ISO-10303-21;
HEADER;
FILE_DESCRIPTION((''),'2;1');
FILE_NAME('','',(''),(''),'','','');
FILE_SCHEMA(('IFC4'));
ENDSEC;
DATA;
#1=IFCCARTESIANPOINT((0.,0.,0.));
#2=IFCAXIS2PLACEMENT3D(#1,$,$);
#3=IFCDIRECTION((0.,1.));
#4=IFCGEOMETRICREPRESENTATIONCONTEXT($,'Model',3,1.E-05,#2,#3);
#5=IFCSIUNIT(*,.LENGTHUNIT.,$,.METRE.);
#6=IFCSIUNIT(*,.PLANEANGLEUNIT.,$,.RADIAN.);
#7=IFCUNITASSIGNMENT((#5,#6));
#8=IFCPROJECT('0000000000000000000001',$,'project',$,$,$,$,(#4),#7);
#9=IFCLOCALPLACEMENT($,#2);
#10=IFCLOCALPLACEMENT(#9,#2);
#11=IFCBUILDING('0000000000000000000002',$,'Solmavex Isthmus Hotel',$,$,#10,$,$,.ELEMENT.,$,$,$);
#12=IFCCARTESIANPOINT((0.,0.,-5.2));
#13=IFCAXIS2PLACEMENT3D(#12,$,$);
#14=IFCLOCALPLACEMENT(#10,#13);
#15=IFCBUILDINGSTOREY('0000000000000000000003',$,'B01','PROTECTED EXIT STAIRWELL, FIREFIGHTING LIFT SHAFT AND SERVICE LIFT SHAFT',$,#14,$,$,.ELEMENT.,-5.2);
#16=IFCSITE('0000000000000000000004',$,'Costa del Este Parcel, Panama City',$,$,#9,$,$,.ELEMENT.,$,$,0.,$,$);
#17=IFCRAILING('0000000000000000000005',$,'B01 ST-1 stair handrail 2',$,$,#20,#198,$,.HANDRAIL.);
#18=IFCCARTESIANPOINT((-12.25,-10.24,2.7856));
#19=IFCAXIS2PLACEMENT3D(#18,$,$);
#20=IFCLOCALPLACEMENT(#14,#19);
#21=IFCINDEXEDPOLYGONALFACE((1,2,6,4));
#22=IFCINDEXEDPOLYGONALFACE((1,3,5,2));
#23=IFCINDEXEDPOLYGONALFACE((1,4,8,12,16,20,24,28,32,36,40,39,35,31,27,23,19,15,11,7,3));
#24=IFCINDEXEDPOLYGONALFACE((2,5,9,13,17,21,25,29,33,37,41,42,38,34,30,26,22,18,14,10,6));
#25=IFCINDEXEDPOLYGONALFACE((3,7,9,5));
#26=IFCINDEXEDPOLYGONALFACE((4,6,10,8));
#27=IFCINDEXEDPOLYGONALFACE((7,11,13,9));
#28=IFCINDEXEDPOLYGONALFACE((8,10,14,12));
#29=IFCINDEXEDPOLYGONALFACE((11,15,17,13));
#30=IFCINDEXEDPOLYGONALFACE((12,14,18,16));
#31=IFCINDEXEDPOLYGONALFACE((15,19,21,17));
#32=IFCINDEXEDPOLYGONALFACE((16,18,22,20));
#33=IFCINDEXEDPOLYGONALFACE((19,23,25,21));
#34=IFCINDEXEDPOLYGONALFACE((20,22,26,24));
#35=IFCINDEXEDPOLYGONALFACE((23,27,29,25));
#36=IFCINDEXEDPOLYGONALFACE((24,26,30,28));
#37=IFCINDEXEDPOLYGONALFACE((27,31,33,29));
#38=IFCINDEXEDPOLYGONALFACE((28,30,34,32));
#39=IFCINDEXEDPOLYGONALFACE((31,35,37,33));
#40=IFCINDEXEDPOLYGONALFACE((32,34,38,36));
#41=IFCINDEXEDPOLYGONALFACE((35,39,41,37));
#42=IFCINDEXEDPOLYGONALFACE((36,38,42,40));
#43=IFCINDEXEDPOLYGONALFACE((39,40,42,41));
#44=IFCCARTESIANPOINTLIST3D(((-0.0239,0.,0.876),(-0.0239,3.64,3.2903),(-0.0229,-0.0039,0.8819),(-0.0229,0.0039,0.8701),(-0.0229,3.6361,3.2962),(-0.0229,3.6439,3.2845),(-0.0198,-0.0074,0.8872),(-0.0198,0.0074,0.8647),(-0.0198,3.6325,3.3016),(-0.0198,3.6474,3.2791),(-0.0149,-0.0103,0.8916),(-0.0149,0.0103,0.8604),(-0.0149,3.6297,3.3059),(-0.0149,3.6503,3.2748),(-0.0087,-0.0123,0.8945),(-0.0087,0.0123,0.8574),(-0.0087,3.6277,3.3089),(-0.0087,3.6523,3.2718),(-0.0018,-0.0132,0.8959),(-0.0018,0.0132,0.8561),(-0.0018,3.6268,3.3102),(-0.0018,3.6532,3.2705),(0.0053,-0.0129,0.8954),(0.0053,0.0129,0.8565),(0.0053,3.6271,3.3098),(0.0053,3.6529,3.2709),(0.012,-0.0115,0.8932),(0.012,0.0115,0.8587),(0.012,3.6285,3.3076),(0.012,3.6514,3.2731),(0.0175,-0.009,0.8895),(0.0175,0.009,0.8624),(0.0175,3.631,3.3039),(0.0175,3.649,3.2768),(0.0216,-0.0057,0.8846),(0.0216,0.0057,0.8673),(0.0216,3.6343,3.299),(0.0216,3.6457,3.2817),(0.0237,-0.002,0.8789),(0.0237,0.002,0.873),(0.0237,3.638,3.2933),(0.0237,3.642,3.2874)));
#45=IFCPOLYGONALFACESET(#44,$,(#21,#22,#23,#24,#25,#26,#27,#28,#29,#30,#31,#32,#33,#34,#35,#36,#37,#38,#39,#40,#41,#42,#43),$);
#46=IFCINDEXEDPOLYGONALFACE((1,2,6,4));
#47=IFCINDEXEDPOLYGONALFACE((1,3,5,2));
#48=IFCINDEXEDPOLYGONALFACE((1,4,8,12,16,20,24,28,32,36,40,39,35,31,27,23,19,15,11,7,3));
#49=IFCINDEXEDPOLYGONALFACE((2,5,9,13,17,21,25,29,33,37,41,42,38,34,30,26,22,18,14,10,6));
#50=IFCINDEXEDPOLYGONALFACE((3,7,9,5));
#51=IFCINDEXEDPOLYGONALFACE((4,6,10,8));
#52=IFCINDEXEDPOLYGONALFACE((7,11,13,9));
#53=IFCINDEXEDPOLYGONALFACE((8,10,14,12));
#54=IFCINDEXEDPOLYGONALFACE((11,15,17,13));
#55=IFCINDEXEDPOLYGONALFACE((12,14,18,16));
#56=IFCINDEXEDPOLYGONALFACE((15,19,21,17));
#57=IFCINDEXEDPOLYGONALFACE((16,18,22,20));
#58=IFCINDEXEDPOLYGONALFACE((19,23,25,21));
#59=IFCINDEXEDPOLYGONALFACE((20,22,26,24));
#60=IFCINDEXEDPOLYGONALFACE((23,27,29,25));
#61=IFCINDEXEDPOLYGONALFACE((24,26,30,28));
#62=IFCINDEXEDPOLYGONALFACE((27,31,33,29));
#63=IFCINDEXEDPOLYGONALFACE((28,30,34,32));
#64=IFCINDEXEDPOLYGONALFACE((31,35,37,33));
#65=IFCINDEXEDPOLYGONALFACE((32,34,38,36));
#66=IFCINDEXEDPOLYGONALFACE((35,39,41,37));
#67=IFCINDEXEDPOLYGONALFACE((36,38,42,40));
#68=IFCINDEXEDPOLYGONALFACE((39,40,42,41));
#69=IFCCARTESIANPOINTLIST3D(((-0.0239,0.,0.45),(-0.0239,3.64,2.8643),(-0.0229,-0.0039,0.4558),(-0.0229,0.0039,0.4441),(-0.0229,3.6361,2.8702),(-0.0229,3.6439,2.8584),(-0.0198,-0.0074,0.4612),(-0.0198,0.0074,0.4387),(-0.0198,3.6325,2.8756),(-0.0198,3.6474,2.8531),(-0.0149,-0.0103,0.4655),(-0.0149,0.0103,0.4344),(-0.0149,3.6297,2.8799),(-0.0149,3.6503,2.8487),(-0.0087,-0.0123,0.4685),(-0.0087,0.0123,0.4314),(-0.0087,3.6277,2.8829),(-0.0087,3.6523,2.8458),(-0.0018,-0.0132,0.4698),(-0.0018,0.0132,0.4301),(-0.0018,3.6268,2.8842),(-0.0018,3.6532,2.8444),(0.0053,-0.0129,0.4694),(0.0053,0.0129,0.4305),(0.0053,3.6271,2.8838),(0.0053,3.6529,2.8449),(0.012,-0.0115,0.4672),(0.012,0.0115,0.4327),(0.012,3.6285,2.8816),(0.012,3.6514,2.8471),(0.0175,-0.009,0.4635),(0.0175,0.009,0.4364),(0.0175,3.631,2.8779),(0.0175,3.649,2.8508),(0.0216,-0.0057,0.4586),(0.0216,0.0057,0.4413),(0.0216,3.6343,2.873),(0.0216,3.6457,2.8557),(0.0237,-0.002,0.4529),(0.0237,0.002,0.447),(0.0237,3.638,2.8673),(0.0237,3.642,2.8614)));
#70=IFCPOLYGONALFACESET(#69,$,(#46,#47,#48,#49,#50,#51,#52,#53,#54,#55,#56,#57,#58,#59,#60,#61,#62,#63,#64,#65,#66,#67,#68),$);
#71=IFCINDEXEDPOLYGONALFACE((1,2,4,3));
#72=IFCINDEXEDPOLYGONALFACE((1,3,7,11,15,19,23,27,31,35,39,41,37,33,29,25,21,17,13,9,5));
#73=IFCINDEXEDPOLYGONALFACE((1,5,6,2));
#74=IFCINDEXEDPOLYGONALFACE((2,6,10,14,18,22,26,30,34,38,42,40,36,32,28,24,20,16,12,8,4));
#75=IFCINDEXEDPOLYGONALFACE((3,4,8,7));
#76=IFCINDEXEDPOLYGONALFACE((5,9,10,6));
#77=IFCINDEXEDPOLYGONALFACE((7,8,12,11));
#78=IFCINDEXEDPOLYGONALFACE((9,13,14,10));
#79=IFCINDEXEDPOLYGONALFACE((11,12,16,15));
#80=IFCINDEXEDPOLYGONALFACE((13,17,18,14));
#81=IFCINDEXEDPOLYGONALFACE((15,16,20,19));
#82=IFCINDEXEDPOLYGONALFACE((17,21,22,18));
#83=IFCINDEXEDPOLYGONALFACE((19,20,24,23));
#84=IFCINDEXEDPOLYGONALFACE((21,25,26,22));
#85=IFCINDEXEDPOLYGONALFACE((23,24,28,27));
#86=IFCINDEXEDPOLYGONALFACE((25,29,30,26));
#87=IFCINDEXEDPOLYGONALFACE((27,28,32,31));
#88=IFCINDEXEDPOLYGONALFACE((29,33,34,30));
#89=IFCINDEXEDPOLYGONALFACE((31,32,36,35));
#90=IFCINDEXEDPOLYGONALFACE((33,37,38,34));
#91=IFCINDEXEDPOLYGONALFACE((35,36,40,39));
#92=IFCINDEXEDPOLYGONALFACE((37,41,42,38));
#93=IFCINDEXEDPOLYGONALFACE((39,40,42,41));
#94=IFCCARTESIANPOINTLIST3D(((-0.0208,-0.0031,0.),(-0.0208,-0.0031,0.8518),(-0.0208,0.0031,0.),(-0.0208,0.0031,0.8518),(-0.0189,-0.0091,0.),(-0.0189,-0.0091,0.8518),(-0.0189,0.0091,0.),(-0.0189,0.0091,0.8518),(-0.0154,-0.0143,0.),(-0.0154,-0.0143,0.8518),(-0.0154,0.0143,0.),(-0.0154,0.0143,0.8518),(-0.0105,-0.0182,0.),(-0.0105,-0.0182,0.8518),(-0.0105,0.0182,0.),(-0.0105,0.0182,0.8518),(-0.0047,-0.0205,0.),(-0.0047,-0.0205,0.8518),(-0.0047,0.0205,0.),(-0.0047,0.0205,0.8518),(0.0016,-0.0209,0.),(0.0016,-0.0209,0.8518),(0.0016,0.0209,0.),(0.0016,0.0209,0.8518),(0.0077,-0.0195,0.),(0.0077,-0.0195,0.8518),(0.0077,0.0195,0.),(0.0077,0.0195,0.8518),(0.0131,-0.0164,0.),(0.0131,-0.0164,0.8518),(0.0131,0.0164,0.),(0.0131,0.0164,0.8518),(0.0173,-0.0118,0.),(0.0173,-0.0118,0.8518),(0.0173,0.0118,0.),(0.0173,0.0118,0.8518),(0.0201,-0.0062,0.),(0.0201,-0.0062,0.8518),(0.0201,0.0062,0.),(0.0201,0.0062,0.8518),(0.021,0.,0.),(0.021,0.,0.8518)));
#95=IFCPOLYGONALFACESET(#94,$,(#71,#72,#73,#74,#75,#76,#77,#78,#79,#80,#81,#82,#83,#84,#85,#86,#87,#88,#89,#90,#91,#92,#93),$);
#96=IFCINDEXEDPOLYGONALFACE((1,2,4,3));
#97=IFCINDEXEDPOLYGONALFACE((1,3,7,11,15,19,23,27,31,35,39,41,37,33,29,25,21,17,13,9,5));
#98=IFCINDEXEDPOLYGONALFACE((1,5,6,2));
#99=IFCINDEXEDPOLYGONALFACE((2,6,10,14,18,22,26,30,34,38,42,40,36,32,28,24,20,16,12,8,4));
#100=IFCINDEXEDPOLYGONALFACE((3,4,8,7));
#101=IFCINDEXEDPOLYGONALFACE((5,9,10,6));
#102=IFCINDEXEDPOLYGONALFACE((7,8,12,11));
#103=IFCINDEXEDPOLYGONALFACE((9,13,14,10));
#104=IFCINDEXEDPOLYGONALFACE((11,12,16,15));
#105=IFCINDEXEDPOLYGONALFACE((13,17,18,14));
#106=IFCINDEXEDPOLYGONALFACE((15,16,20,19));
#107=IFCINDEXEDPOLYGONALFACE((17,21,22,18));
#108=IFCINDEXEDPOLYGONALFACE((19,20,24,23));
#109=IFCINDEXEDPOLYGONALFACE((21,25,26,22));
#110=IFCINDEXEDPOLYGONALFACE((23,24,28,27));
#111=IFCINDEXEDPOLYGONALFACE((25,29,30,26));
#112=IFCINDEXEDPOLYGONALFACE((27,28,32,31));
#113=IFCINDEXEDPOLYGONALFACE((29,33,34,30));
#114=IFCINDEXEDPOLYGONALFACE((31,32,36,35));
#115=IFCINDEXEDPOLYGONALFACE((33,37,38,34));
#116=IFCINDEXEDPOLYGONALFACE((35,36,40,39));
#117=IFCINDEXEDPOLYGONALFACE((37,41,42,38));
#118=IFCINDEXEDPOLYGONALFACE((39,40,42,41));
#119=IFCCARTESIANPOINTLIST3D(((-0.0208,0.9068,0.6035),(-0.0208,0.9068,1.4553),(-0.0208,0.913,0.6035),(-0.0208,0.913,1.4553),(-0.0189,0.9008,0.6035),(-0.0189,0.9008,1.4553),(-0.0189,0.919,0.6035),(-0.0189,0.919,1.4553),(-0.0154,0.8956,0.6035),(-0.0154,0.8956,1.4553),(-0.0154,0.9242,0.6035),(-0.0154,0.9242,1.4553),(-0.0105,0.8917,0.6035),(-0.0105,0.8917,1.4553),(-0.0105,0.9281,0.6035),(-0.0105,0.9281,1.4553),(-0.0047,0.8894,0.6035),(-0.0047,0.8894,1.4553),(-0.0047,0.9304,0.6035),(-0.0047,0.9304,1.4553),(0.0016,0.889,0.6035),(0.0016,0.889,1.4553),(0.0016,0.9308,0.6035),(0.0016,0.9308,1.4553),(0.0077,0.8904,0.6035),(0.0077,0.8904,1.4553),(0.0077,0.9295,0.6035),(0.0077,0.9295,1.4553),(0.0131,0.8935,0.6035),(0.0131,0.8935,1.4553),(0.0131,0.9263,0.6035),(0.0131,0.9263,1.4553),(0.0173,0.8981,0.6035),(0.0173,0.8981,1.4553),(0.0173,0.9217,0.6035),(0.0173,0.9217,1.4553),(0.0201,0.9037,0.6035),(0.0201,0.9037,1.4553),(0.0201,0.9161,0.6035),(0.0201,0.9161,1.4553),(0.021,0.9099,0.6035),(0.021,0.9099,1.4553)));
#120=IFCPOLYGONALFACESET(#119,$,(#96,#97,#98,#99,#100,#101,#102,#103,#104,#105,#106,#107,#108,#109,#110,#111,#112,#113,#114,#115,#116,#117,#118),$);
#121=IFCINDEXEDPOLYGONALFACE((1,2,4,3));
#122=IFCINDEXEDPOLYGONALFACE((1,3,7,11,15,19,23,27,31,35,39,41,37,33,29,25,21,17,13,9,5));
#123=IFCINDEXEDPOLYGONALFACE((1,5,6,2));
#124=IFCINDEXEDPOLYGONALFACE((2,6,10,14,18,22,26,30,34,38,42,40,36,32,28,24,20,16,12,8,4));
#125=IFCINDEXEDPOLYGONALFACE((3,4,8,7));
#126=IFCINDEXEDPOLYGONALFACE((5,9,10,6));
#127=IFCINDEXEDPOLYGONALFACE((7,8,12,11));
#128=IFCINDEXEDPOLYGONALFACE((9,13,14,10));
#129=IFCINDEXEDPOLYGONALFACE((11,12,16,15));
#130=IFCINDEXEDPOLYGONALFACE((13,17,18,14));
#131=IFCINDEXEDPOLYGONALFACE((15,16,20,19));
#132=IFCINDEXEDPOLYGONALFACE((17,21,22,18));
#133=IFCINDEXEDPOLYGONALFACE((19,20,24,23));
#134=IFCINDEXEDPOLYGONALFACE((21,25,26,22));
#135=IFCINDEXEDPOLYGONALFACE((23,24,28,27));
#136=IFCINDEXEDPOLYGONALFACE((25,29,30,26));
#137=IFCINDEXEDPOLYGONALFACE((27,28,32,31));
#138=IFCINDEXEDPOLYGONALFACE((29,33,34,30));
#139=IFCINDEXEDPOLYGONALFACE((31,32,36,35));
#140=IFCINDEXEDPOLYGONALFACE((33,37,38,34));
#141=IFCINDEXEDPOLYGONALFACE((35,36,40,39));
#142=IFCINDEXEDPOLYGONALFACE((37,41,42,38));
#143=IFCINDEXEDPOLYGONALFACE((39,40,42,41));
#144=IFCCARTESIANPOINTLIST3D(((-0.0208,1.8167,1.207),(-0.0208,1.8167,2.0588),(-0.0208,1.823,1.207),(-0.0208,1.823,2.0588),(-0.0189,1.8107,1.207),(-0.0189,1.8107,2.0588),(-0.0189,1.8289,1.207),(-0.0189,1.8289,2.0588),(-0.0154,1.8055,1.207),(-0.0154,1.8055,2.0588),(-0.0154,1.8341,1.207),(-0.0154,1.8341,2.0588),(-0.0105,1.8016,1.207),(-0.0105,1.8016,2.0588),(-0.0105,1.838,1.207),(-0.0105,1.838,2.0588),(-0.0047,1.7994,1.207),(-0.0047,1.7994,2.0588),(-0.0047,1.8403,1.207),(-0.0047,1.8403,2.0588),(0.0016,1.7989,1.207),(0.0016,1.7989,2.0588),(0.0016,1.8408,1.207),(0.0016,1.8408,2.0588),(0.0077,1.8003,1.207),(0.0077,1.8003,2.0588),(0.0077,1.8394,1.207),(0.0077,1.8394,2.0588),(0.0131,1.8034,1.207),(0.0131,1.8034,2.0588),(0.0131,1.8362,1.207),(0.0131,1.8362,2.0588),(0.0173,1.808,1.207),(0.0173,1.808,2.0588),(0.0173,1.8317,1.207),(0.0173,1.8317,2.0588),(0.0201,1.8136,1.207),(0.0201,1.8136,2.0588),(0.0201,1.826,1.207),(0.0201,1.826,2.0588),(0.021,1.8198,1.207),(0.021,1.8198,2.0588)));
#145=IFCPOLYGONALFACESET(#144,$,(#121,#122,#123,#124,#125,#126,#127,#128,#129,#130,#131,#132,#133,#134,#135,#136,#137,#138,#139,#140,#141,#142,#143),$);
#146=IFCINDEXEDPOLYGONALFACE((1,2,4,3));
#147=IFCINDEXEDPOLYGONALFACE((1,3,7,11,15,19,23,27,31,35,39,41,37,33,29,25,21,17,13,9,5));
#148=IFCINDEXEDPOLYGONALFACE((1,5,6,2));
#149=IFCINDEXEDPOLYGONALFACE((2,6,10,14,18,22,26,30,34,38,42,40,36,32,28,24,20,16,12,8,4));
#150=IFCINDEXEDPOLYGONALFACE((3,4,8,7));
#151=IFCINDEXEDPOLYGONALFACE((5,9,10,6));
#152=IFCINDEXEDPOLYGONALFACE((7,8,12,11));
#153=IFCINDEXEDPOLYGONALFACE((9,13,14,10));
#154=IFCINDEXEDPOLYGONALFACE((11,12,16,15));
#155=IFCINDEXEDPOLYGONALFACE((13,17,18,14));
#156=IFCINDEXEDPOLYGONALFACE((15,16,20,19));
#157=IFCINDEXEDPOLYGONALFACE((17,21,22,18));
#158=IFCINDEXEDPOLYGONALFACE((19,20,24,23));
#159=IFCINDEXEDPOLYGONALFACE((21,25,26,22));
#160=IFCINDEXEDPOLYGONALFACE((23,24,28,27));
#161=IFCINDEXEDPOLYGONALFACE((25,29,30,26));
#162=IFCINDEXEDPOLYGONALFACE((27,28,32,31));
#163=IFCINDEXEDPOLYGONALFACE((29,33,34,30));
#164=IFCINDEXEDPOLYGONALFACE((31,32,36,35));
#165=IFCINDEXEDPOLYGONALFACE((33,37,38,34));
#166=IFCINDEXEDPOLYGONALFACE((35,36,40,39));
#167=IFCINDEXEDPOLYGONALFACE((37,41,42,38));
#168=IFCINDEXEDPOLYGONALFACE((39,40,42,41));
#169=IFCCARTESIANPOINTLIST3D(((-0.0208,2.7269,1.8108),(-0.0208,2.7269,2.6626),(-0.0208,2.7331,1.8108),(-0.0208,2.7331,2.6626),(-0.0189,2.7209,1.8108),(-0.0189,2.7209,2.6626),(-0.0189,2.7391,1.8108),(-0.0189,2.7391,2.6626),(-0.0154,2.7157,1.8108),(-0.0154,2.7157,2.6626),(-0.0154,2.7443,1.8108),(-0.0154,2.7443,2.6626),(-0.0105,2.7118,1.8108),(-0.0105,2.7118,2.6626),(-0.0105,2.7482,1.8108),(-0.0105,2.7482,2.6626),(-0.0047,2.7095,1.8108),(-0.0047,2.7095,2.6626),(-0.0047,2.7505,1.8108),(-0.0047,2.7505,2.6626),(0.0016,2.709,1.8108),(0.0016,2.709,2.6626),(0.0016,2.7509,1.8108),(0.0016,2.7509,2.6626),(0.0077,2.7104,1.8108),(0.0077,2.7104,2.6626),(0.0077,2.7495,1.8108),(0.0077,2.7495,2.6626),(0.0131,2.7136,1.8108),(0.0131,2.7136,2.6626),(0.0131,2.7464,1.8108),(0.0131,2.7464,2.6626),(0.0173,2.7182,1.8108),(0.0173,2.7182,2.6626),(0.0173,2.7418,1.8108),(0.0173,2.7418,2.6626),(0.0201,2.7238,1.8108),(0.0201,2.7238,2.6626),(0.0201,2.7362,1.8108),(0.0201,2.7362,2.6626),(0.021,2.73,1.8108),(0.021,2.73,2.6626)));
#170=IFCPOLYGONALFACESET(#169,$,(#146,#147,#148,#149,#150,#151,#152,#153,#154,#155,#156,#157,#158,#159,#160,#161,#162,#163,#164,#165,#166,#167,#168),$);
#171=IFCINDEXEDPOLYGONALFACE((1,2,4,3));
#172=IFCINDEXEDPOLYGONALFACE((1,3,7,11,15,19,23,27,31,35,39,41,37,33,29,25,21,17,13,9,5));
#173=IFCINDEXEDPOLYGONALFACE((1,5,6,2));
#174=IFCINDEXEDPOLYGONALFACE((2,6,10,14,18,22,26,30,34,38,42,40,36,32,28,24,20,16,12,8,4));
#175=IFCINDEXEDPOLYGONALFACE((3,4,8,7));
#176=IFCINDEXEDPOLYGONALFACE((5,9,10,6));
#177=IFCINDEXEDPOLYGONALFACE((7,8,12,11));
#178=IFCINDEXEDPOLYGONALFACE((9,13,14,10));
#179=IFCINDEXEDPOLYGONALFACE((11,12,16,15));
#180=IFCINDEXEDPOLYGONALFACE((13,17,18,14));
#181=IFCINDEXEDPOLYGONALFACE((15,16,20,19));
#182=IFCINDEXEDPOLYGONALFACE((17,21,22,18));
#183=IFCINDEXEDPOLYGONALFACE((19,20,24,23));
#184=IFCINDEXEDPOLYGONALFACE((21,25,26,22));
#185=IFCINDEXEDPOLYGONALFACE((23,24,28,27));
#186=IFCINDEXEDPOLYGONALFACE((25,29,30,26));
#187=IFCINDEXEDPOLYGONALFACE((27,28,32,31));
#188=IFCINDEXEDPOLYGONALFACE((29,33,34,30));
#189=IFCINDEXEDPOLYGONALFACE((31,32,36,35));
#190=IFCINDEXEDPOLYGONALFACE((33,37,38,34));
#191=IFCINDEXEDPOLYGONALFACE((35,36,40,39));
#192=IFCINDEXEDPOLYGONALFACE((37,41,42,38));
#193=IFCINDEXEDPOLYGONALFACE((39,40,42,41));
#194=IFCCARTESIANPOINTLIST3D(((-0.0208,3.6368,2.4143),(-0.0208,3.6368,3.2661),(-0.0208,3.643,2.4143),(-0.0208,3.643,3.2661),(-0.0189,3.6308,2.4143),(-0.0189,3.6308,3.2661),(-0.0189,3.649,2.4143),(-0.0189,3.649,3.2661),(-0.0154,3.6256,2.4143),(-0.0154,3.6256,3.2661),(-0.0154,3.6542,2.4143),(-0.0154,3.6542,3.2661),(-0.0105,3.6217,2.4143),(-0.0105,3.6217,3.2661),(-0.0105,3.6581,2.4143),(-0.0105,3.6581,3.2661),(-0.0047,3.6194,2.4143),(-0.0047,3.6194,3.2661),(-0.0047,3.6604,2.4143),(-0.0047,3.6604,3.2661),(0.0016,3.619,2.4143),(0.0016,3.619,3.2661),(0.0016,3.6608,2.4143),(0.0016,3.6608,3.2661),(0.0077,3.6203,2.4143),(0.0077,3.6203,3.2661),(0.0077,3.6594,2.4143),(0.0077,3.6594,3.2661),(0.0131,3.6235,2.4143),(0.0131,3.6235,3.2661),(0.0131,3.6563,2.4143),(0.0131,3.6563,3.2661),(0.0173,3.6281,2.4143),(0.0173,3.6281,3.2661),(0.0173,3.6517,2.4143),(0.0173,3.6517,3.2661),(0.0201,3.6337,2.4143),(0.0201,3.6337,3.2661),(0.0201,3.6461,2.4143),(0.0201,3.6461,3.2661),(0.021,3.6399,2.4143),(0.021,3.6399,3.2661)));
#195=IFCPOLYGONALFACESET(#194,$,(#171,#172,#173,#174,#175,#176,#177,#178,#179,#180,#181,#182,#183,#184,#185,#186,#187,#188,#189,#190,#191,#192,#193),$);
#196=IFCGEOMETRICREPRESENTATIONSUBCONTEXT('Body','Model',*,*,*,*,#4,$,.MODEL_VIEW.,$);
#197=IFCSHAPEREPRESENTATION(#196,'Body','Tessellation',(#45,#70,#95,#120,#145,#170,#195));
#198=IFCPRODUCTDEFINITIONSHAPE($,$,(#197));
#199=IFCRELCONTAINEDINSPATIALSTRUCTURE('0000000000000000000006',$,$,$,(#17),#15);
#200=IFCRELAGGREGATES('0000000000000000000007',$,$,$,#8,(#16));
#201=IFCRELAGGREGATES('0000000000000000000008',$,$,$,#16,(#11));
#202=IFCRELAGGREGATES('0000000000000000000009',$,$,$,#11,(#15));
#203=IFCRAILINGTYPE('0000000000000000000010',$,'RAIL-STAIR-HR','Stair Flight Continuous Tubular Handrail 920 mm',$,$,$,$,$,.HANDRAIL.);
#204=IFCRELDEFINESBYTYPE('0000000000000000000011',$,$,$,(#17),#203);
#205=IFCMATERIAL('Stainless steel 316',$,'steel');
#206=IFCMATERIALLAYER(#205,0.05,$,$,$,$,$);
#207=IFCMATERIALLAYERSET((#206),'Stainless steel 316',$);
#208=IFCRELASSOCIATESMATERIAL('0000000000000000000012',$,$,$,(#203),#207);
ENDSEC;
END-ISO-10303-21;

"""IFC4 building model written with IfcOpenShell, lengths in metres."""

from ifc_helpers import new_model, si_unit, direction, frame, origin, origin_2d, place, context, subcontext, project, spatial, circle, extrude, material, layer, layer_set, type_object, element, save


model = new_model("IFC4")

# Units and contexts
model_context = context("Model", 3, precision=1e-05, world=origin(), true_north=direction((0.0, 1.0)))
body_context = subcontext(model_context, "Body", "Model", "MODEL_VIEW")
ifc_project = project(units=[si_unit("LENGTHUNIT", "METRE"), si_unit("PLANEANGLEUNIT", "RADIAN")], contexts=[model_context])

# Site, building, storey
site_placement = place(None, origin())
site = spatial("IfcSite", under=ifc_project, at=site_placement, Name="Costa del Este Parcel, Panama City", CompositionType="ELEMENT", RefElevation=0.0)
building_placement = place(site_placement, origin())
building = spatial("IfcBuilding", under=site, at=building_placement, Name="Solmavex Isthmus Hotel", CompositionType="ELEMENT")
storey_placement = place(building_placement, frame((0.0, 0.0, -5.2)))
storey = spatial("IfcBuildingStorey", under=building, at=storey_placement, Name="B01", Description="PROTECTED EXIT STAIRWELL, FIREFIGHTING LIFT SHAFT AND SERVICE LIFT SHAFT", CompositionType="ELEMENT", Elevation=-5.2)

# Shared definitions
ifc_material_1 = material(Name="Stainless steel 316", Category="steel")

# Railing
ifc_layer_1 = layer(ifc_material_1, 0.05)
ifc_layer_set_1 = layer_set([ifc_layer_1], Name="Stainless steel 316")
railing_type_1 = type_object("IfcRailingType", Name="RAIL-STAIR-HR", Description="Stair Flight Continuous Tubular Handrail 920 mm", PredefinedType="HANDRAIL", material=ifc_layer_set_1)
railing_1_placement = place(storey_placement, frame((-12.25, -10.24, 2.7856)))
element("IfcRailing", 1, at=railing_1_placement, inside=storey, type_object=railing_type_1, Name="B01 ST-1 stair handrail 2", PredefinedType="HANDRAIL", context=body_context, shape_type="SweptSolid", body=[
    extrude(circle(Radius=0.0239, at=origin_2d()), frame((0.0, 0.0, 0.876), z_axis=(0.0, 0.833347, 0.552751), x_axis=(-1.0, 0.0, 0.0)), (0.0, 0.0, 1.0), 4.3679),
    extrude(circle(Radius=0.0239, at=origin_2d()), frame((0.0, 0.0, 0.45), z_axis=(0.0, 0.833347, 0.552751), x_axis=(-1.0, 0.0, 0.0)), (0.0, 0.0, 1.0), 4.3679),
    extrude(circle(Radius=0.021, at=origin_2d()), origin(), (0.0, 0.0, 1.0), 0.8518),
    extrude(circle(Radius=0.021, at=origin_2d()), frame((0.0, 0.9099, 0.6035)), (0.0, 0.0, 1.0), 0.8518),
    extrude(circle(Radius=0.021, at=origin_2d()), frame((0.0, 1.8198, 1.207)), (0.0, 0.0, 1.0), 0.8518),
    extrude(circle(Radius=0.021, at=origin_2d()), frame((0.0, 2.73, 1.8108)), (0.0, 0.0, 1.0), 0.8518),
    extrude(circle(Radius=0.021, at=origin_2d()), frame((0.0, 3.6399, 2.4143)), (0.0, 0.0, 1.0), 0.8518),
])

save(model, "model.ifc")
